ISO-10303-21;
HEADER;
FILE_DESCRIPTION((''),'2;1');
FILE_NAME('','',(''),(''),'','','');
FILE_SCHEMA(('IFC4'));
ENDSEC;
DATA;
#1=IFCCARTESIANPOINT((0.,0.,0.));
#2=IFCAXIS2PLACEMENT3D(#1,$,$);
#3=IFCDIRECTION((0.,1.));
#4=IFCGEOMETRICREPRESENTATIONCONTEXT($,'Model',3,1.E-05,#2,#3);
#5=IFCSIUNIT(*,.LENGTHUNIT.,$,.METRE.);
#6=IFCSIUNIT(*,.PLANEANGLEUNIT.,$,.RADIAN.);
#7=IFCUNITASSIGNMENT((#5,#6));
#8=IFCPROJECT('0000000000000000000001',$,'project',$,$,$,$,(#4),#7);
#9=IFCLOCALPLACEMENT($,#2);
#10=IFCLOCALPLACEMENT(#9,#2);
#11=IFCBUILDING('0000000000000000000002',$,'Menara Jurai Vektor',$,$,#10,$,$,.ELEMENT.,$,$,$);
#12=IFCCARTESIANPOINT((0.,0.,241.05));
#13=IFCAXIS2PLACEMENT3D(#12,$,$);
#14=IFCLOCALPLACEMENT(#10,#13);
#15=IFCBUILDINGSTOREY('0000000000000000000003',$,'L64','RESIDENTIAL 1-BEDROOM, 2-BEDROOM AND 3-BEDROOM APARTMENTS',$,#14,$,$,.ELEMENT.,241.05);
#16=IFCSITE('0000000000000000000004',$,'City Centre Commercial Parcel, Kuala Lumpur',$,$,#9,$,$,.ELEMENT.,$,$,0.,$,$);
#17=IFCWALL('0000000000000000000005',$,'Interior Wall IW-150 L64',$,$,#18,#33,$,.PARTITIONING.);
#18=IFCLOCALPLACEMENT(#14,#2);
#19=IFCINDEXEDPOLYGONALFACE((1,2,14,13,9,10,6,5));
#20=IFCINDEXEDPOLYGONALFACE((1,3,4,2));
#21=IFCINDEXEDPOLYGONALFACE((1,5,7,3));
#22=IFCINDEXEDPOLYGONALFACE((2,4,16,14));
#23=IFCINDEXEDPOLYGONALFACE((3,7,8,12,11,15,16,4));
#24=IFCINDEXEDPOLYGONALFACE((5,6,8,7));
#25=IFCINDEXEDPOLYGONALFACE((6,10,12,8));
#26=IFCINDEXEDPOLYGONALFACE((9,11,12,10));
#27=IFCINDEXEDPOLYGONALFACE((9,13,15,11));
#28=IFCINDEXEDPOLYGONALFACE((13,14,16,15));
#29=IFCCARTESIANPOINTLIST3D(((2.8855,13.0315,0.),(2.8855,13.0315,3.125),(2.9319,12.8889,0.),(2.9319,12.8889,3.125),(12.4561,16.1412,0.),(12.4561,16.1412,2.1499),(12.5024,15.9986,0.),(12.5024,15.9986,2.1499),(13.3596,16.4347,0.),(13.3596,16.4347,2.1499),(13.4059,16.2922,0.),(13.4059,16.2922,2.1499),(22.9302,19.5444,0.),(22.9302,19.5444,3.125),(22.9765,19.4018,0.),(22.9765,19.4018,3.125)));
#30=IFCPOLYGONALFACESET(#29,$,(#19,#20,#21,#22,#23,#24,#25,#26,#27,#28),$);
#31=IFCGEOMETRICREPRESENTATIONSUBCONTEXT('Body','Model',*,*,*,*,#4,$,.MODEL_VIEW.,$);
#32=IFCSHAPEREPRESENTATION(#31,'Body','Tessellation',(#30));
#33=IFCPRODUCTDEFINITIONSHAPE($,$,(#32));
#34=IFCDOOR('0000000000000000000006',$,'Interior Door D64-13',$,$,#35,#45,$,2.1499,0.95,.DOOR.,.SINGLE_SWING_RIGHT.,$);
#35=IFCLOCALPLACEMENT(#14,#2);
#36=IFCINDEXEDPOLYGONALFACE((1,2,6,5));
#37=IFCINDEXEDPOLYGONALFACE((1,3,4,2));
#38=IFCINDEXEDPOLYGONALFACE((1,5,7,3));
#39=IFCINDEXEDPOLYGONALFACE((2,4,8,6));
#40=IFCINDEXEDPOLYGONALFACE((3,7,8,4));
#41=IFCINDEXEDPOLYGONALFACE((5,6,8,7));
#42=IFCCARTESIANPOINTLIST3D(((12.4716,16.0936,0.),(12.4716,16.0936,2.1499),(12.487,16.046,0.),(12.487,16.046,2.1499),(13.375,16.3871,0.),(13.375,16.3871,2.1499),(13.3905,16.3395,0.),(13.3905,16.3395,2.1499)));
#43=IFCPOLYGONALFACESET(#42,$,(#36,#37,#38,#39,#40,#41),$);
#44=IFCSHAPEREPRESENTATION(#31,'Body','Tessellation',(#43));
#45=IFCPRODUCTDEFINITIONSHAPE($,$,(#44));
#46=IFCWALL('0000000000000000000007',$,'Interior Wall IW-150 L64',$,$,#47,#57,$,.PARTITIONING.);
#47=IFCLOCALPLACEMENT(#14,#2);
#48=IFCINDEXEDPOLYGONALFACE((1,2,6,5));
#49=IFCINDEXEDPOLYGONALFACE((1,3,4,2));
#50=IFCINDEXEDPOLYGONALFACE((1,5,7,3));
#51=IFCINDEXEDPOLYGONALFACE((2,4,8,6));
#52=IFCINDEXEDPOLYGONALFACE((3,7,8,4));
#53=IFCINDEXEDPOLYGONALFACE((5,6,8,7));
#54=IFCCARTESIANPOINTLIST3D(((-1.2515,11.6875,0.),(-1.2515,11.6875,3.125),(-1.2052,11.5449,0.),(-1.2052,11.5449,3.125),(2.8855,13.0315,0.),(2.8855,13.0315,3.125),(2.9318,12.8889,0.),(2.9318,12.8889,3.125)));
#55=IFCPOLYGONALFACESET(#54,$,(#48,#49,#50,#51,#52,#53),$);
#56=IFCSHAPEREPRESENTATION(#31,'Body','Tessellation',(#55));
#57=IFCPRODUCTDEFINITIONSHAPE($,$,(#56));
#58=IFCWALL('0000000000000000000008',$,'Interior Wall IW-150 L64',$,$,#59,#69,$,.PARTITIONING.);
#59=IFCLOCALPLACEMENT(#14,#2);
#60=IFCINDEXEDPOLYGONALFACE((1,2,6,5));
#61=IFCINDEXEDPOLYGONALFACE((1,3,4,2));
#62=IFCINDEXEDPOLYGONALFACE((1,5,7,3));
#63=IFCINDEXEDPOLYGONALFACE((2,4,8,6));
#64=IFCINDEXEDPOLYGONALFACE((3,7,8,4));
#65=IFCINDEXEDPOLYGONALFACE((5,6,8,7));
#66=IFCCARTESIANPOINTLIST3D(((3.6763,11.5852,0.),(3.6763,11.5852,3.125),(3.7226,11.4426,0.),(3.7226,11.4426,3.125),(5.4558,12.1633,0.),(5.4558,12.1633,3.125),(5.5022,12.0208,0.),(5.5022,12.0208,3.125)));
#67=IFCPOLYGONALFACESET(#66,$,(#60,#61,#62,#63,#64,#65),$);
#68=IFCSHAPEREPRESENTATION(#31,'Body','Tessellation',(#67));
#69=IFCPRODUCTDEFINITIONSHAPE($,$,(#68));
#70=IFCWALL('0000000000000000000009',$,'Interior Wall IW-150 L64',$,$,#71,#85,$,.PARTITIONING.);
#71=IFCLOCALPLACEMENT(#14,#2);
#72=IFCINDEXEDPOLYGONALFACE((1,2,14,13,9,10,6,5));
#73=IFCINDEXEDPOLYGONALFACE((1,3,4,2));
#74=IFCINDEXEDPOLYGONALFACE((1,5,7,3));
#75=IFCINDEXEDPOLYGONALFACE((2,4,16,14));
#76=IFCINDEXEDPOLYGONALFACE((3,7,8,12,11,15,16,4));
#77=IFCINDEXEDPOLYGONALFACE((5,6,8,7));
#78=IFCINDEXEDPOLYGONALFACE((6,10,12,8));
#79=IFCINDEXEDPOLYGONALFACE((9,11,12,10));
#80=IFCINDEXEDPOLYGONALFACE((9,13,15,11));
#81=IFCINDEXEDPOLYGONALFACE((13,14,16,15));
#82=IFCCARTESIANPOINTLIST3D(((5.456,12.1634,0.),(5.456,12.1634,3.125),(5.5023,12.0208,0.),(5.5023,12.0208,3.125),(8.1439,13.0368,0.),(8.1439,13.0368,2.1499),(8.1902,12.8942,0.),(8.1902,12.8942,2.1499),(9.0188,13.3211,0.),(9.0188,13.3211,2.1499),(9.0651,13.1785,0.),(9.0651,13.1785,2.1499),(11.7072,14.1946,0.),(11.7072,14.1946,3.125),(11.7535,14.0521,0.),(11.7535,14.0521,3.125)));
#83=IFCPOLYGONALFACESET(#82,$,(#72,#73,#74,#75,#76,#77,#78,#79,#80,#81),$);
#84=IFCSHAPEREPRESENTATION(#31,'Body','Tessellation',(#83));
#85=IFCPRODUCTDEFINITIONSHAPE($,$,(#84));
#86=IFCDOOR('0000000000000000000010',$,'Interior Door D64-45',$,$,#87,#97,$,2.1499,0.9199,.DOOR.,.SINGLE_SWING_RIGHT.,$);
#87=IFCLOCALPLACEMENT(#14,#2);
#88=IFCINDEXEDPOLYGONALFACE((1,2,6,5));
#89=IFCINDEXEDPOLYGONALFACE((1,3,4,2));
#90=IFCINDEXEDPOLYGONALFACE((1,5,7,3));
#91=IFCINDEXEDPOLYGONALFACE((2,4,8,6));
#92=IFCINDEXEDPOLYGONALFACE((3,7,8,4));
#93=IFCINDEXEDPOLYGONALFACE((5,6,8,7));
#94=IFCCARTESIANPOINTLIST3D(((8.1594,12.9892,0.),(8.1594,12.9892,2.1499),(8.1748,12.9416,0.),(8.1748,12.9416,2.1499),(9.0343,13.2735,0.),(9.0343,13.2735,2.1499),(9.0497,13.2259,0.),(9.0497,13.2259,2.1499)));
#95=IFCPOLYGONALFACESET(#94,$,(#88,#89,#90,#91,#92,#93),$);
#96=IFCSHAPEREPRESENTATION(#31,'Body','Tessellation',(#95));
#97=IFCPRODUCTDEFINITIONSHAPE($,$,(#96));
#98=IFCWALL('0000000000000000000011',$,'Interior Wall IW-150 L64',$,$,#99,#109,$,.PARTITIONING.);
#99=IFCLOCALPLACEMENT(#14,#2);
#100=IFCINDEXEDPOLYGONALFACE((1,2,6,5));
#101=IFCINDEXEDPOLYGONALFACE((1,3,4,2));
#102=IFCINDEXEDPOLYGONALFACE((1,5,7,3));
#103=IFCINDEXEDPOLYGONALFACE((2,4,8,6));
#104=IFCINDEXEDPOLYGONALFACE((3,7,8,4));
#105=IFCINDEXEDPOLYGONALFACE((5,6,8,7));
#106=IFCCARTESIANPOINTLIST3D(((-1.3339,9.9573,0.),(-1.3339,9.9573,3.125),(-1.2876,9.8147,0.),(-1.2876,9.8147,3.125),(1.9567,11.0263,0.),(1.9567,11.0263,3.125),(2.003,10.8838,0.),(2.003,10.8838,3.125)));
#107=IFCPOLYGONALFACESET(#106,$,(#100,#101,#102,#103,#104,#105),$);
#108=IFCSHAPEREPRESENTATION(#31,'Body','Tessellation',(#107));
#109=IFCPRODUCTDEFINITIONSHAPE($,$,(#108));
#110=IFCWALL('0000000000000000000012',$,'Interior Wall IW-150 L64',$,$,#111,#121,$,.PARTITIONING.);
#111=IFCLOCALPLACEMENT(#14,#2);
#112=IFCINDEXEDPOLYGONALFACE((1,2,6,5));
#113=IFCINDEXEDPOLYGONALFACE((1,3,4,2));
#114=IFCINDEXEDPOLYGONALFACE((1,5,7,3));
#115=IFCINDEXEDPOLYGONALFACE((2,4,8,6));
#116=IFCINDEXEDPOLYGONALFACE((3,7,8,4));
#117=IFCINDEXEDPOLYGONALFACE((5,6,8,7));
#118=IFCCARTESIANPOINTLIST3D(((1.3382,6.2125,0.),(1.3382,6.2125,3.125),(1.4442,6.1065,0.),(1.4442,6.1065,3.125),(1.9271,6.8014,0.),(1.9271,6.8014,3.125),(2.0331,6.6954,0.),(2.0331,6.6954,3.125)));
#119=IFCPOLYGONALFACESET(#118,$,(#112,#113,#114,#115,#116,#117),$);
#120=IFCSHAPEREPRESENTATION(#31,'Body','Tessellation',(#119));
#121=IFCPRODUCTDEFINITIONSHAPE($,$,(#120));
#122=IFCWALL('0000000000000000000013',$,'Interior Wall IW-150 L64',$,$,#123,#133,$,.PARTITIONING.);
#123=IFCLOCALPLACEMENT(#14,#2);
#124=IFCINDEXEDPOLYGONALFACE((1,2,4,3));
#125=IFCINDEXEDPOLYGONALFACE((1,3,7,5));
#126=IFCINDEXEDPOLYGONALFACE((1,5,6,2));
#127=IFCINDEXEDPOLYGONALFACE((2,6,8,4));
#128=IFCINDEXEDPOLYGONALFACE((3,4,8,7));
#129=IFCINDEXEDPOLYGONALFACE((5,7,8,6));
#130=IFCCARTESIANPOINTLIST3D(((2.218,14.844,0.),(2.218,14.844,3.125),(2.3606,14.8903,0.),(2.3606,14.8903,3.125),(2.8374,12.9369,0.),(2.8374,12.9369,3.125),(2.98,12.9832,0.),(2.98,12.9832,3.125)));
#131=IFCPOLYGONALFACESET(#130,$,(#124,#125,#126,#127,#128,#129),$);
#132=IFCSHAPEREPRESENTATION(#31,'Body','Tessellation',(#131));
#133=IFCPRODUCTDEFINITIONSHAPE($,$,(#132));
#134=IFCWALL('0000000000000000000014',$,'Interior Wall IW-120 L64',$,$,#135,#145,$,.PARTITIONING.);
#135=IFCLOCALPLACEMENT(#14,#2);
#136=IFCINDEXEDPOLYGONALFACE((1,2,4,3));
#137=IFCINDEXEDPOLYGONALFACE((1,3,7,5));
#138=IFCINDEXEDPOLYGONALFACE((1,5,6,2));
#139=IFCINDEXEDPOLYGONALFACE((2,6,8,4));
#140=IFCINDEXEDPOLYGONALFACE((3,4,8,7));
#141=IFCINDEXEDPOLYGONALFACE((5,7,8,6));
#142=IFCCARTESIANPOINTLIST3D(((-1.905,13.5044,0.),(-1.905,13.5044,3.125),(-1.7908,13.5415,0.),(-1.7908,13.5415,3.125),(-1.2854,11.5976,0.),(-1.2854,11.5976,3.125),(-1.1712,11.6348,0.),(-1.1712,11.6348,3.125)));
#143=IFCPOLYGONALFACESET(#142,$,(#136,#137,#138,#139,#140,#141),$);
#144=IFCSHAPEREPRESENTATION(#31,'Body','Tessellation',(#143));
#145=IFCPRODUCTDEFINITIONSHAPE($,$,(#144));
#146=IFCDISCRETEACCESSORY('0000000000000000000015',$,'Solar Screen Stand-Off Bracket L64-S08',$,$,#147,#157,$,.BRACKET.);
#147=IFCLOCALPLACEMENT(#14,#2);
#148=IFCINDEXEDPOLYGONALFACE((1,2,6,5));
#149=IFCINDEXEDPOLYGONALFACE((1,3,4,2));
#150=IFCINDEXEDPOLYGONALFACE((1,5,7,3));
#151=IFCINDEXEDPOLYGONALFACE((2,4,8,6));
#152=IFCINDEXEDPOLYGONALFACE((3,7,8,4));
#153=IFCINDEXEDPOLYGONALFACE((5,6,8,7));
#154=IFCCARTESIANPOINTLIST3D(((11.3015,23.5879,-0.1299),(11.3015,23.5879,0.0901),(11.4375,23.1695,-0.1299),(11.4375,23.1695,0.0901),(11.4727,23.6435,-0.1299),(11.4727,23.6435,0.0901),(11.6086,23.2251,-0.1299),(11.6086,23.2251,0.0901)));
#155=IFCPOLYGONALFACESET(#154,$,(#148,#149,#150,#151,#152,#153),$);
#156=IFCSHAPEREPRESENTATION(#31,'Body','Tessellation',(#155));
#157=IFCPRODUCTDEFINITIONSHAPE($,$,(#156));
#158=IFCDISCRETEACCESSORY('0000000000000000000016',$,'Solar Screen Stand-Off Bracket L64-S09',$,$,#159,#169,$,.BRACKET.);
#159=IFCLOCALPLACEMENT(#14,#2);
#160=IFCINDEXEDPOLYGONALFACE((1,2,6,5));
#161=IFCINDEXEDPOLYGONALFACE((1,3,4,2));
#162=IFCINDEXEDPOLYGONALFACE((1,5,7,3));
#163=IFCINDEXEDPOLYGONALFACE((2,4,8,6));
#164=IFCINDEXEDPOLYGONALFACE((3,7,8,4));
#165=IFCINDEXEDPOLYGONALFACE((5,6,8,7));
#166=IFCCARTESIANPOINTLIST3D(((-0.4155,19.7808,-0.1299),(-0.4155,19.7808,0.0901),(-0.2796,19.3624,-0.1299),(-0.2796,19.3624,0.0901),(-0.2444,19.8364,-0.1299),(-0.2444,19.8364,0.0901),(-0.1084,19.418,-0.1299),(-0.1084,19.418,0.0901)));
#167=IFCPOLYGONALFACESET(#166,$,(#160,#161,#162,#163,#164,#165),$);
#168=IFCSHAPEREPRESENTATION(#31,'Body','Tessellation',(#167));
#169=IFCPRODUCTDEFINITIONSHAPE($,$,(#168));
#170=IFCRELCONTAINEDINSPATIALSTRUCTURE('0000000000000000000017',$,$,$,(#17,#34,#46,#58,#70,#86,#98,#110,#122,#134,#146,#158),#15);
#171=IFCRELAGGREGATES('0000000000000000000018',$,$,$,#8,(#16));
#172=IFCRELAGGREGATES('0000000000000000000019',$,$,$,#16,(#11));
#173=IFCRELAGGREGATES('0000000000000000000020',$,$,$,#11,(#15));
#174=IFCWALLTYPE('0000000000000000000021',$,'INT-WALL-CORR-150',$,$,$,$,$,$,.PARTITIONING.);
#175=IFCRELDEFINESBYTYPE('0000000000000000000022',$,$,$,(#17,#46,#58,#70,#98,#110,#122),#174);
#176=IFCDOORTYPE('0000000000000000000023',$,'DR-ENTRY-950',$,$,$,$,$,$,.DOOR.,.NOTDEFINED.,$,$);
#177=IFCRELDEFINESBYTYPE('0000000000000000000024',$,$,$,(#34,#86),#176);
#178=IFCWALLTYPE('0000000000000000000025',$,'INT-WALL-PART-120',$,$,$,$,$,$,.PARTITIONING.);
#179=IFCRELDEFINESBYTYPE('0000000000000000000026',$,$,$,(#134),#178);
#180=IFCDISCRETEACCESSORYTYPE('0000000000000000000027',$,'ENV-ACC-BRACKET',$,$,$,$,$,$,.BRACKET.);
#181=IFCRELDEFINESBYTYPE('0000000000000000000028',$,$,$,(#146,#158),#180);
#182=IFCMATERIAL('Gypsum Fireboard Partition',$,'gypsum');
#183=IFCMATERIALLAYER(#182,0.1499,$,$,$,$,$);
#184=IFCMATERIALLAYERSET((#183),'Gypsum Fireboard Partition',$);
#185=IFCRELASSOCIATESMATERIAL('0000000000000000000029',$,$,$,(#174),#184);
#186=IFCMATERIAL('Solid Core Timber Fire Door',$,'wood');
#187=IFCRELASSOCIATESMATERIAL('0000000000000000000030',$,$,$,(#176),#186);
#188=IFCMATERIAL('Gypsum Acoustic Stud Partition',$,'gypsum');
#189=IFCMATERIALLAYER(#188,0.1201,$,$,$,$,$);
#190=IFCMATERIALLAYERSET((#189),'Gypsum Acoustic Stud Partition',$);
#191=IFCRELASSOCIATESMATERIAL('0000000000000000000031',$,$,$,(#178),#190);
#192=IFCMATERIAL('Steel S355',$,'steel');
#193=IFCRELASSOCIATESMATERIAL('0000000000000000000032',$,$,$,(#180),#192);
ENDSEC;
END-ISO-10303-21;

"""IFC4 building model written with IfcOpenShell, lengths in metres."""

from ifc_helpers import new_model, si_unit, direction, frame, frame_2d, origin, origin_2d, place, context, subcontext, project, spatial, rectangle, extrude, material, layer, layer_set, type_object, element, fill, save


model = new_model("IFC4")

# Units and contexts
model_context = context("Model", 3, precision=1e-05, world=origin(), true_north=direction((0.0, 1.0)))
body_context = subcontext(model_context, "Body", "Model", "MODEL_VIEW")
ifc_project = project(units=[si_unit("LENGTHUNIT", "METRE"), si_unit("PLANEANGLEUNIT", "RADIAN")], contexts=[model_context])

# Site, building, storey
site_placement = place(None, origin())
site = spatial("IfcSite", under=ifc_project, at=site_placement, Name="City Centre Commercial Parcel, Kuala Lumpur", CompositionType="ELEMENT", RefElevation=0.0)
building_placement = place(site_placement, origin())
building = spatial("IfcBuilding", under=site, at=building_placement, Name="Menara Jurai Vektor", CompositionType="ELEMENT")
storey_placement = place(building_placement, frame((0.0, 0.0, 241.05)))
storey = spatial("IfcBuildingStorey", under=building, at=storey_placement, Name="L64", Description="RESIDENTIAL 1-BEDROOM, 2-BEDROOM AND 3-BEDROOM APARTMENTS", CompositionType="ELEMENT", Elevation=241.05)

# Shared definitions
ifc_material_1 = material(Name="Steel S355", Category="steel")

# Wall, opening, door
ifc_material_2 = material(Name="Gypsum Fireboard Partition", Category="gypsum")
ifc_layer_1 = layer(ifc_material_2, 0.1499)
ifc_layer_set_1 = layer_set([ifc_layer_1], Name="Gypsum Fireboard Partition")
wall_type_1 = type_object("IfcWallType", Name="INT-WALL-CORR-150", PredefinedType="PARTITIONING", material=ifc_layer_set_1)
wall_1_placement = place(storey_placement, frame((2.9087, 12.9602, 0.0), z_axis=(0.0, 0.0, 1.0), x_axis=(0.951056, 0.309018, 0.0)))
wall_1 = element("IfcWall", 1, at=wall_1_placement, inside=storey, type_object=wall_type_1, Name="Interior Wall IW-150 L64", PredefinedType="PARTITIONING", context=body_context, shape_type="SweptSolid", body=[
    extrude(rectangle(XDim=21.0762, YDim=0.1499, at=frame_2d((10.5381, 0.0))), origin(), (0.0, 0.0, 1.0), 3.125),
])
opening_1_placement = place(wall_1_placement, frame((10.063, 0.0, 0.0)))
opening_1 = element("IfcOpeningElement", 2, at=opening_1_placement, cuts=wall_1, PredefinedType="OPENING", context=body_context, shape_type="SweptSolid", body=[
    extrude(rectangle(XDim=0.95, YDim=2.1499, at=frame_2d((0.4751, 1.075))), frame((0.0, 0.085, 0.0), z_axis=(0.0, -1.0, 0.0), x_axis=(1.0, 0.0, 0.0)), (0.0, 0.0, 1.0), 0.1699),
])
ifc_material_3 = material(Name="Solid Core Timber Fire Door", Category="wood")
door_type_1 = type_object("IfcDoorType", Name="DR-ENTRY-950", OperationType="NOTDEFINED", PredefinedType="DOOR", material=ifc_material_3)
door_1_placement = place(opening_1_placement, origin())
door_1 = element("IfcDoor", 3, at=door_1_placement, inside=storey, type_object=door_type_1, Name="Interior Door D64-13", OperationType="SINGLE_SWING_RIGHT", OverallHeight=2.1499, OverallWidth=0.95, PredefinedType="DOOR", context=body_context, shape_type="SweptSolid", body=[
    extrude(rectangle(XDim=0.95, YDim=2.1499, at=frame_2d((0.4751, 1.075))), frame((0.0, 0.0249, 0.0), z_axis=(0.0, -1.0, 0.0), x_axis=(1.0, 0.0, 0.0)), (0.0, 0.0, 1.0), 0.05),
])
fill(opening_1, door_1)

# Walls
wall_2_placement = place(storey_placement, frame((-1.2283, 11.6162, 0.0), z_axis=(0.0, 0.0, 1.0), x_axis=(0.951069, 0.308978, 0.0)))
element("IfcWall", 4, at=wall_2_placement, inside=storey, type_object=wall_type_1, Name="Interior Wall IW-150 L64", PredefinedType="PARTITIONING", context=body_context, shape_type="SweptSolid", body=[
    extrude(rectangle(XDim=4.3499, YDim=0.1499, at=frame_2d((2.1748, 0.0))), origin(), (0.0, 0.0, 1.0), 3.125),
])
wall_3_placement = place(storey_placement, frame((3.6995, 11.5139, 0.0), z_axis=(0.0, 0.0, 1.0), x_axis=(0.95107, 0.308977, 0.0)))
element("IfcWall", 5, at=wall_3_placement, inside=storey, type_object=wall_type_1, Name="Interior Wall IW-150 L64", PredefinedType="PARTITIONING", context=body_context, shape_type="SweptSolid", body=[
    extrude(rectangle(XDim=1.8711, YDim=0.1499, at=frame_2d((0.9355, 0.0))), origin(), (0.0, 0.0, 1.0), 3.125),
])

# Wall, opening, door
wall_4_placement = place(storey_placement, frame((5.479, 12.092, 0.0), z_axis=(0.0, 0.0, 1.0), x_axis=(0.951052, 0.309031, 0.0)))
wall_4 = element("IfcWall", 6, at=wall_4_placement, inside=storey, type_object=wall_type_1, Name="Interior Wall IW-150 L64", PredefinedType="PARTITIONING", context=body_context, shape_type="SweptSolid", body=[
    extrude(rectangle(XDim=6.573, YDim=0.1499, at=frame_2d((3.2866, 0.0))), origin(), (0.0, 0.0, 1.0), 3.125),
])
opening_2_placement = place(wall_4_placement, frame((2.8264, 0.0, 0.0)))
opening_2 = element("IfcOpeningElement", 7, at=opening_2_placement, cuts=wall_4, PredefinedType="OPENING", context=body_context, shape_type="SweptSolid", body=[
    extrude(rectangle(XDim=0.9199, YDim=2.1499, at=frame_2d((0.46, 1.075))), frame((0.0, 0.085, 0.0), z_axis=(0.0, -1.0, 0.0), x_axis=(1.0, 0.0, 0.0)), (0.0, 0.0, 1.0), 0.1699),
])
door_2_placement = place(opening_2_placement, origin())
door_2 = element("IfcDoor", 8, at=door_2_placement, inside=storey, type_object=door_type_1, Name="Interior Door D64-45", OperationType="SINGLE_SWING_RIGHT", OverallHeight=2.1499, OverallWidth=0.9199, PredefinedType="DOOR", context=body_context, shape_type="SweptSolid", body=[
    extrude(rectangle(XDim=0.9199, YDim=2.1499, at=frame_2d((0.46, 1.075))), frame((0.0, 0.0249, 0.0), z_axis=(0.0, -1.0, 0.0), x_axis=(1.0, 0.0, 0.0)), (0.0, 0.0, 1.0), 0.05),
])
fill(opening_2, door_2)

# Walls
wall_5_placement = place(storey_placement, frame((-1.3108, 9.886, 0.0), z_axis=(0.0, 0.0, 1.0), x_axis=(0.951069, 0.308979, 0.0)))
element("IfcWall", 9, at=wall_5_placement, inside=storey, type_object=wall_type_1, Name="Interior Wall IW-150 L64", PredefinedType="PARTITIONING", context=body_context, shape_type="SweptSolid", body=[
    extrude(rectangle(XDim=3.46, YDim=0.1499, at=frame_2d((1.73, 0.0))), origin(), (0.0, 0.0, 1.0), 3.125),
])
wall_6_placement = place(storey_placement, frame((1.3911, 6.1594, 0.0), z_axis=(0.0, 0.0, 1.0), x_axis=(0.707107, 0.707107, 0.0)))
element("IfcWall", 10, at=wall_6_placement, inside=storey, type_object=wall_type_1, Name="Interior Wall IW-150 L64", PredefinedType="PARTITIONING", context=body_context, shape_type="SweptSolid", body=[
    extrude(rectangle(XDim=0.8328, YDim=0.1499, at=frame_2d((0.4165, 0.0))), origin(), (0.0, 0.0, 1.0), 3.125),
])

# Wall
wall_7_placement = place(storey_placement, frame((2.9087, 12.9602, 0.0), z_axis=(0.0, 0.0, 1.0), x_axis=(-0.308913, 0.95109, 0.0)))
element("IfcWall", 11, at=wall_7_placement, inside=storey, type_object=wall_type_1, Name="Interior Wall IW-150 L64", PredefinedType="PARTITIONING", context=body_context, shape_type="SweptSolid", body=[
    extrude(rectangle(XDim=2.0051, YDim=0.1499, at=frame_2d((1.0024, 0.0))), origin(), (0.0, 0.0, 1.0), 3.125),
])

# Wall
ifc_material_4 = material(Name="Gypsum Acoustic Stud Partition", Category="gypsum")
ifc_layer_2 = layer(ifc_material_4, 0.1201)
ifc_layer_set_2 = layer_set([ifc_layer_2], Name="Gypsum Acoustic Stud Partition")
wall_type_2 = type_object("IfcWallType", Name="INT-WALL-PART-120", PredefinedType="PARTITIONING", material=ifc_layer_set_2)
wall_8_placement = place(storey_placement, frame((-1.2283, 11.6162, 0.0), z_axis=(0.0, 0.0, 1.0), x_axis=(-0.309059, 0.951043, 0.0)))
element("IfcWall", 12, at=wall_8_placement, inside=storey, type_object=wall_type_2, Name="Interior Wall IW-120 L64", PredefinedType="PARTITIONING", context=body_context, shape_type="SweptSolid", body=[
    extrude(rectangle(XDim=2.0049, YDim=0.1201, at=frame_2d((1.0024, 0.0))), origin(), (0.0, 0.0, 1.0), 3.125),
])

# Discrete accessories
discrete_accessory_type = type_object("IfcDiscreteAccessoryType", Name="ENV-ACC-BRACKET", PredefinedType="BRACKET", material=ifc_material_1)
for number, where, z_axis, x_axis, name in (
    (13, (11.4551, 23.4065, -0.1299), (0.0, 0.0, 1.0), (-0.951057, -0.309017, 0.0), "Solar Screen Stand-Off Bracket L64-S08"),
    (14, (-0.262, 19.5994, -0.1299), (0.0, 0.0, 1.0), (-0.951057, -0.309017, 0.0), "Solar Screen Stand-Off Bracket L64-S09"),
):
    element("IfcDiscreteAccessory", number, at=place(storey_placement, frame(where, z_axis=z_axis, x_axis=x_axis)), inside=storey, type_object=discrete_accessory_type, Name=name, PredefinedType="BRACKET", context=body_context, shape_type="SweptSolid", body=[
        extrude(rectangle(XDim=0.1799, YDim=0.4399, at=origin_2d()), origin(), (0.0, 0.0, 1.0), 0.22),
    ])

save(model, "model.ifc")
